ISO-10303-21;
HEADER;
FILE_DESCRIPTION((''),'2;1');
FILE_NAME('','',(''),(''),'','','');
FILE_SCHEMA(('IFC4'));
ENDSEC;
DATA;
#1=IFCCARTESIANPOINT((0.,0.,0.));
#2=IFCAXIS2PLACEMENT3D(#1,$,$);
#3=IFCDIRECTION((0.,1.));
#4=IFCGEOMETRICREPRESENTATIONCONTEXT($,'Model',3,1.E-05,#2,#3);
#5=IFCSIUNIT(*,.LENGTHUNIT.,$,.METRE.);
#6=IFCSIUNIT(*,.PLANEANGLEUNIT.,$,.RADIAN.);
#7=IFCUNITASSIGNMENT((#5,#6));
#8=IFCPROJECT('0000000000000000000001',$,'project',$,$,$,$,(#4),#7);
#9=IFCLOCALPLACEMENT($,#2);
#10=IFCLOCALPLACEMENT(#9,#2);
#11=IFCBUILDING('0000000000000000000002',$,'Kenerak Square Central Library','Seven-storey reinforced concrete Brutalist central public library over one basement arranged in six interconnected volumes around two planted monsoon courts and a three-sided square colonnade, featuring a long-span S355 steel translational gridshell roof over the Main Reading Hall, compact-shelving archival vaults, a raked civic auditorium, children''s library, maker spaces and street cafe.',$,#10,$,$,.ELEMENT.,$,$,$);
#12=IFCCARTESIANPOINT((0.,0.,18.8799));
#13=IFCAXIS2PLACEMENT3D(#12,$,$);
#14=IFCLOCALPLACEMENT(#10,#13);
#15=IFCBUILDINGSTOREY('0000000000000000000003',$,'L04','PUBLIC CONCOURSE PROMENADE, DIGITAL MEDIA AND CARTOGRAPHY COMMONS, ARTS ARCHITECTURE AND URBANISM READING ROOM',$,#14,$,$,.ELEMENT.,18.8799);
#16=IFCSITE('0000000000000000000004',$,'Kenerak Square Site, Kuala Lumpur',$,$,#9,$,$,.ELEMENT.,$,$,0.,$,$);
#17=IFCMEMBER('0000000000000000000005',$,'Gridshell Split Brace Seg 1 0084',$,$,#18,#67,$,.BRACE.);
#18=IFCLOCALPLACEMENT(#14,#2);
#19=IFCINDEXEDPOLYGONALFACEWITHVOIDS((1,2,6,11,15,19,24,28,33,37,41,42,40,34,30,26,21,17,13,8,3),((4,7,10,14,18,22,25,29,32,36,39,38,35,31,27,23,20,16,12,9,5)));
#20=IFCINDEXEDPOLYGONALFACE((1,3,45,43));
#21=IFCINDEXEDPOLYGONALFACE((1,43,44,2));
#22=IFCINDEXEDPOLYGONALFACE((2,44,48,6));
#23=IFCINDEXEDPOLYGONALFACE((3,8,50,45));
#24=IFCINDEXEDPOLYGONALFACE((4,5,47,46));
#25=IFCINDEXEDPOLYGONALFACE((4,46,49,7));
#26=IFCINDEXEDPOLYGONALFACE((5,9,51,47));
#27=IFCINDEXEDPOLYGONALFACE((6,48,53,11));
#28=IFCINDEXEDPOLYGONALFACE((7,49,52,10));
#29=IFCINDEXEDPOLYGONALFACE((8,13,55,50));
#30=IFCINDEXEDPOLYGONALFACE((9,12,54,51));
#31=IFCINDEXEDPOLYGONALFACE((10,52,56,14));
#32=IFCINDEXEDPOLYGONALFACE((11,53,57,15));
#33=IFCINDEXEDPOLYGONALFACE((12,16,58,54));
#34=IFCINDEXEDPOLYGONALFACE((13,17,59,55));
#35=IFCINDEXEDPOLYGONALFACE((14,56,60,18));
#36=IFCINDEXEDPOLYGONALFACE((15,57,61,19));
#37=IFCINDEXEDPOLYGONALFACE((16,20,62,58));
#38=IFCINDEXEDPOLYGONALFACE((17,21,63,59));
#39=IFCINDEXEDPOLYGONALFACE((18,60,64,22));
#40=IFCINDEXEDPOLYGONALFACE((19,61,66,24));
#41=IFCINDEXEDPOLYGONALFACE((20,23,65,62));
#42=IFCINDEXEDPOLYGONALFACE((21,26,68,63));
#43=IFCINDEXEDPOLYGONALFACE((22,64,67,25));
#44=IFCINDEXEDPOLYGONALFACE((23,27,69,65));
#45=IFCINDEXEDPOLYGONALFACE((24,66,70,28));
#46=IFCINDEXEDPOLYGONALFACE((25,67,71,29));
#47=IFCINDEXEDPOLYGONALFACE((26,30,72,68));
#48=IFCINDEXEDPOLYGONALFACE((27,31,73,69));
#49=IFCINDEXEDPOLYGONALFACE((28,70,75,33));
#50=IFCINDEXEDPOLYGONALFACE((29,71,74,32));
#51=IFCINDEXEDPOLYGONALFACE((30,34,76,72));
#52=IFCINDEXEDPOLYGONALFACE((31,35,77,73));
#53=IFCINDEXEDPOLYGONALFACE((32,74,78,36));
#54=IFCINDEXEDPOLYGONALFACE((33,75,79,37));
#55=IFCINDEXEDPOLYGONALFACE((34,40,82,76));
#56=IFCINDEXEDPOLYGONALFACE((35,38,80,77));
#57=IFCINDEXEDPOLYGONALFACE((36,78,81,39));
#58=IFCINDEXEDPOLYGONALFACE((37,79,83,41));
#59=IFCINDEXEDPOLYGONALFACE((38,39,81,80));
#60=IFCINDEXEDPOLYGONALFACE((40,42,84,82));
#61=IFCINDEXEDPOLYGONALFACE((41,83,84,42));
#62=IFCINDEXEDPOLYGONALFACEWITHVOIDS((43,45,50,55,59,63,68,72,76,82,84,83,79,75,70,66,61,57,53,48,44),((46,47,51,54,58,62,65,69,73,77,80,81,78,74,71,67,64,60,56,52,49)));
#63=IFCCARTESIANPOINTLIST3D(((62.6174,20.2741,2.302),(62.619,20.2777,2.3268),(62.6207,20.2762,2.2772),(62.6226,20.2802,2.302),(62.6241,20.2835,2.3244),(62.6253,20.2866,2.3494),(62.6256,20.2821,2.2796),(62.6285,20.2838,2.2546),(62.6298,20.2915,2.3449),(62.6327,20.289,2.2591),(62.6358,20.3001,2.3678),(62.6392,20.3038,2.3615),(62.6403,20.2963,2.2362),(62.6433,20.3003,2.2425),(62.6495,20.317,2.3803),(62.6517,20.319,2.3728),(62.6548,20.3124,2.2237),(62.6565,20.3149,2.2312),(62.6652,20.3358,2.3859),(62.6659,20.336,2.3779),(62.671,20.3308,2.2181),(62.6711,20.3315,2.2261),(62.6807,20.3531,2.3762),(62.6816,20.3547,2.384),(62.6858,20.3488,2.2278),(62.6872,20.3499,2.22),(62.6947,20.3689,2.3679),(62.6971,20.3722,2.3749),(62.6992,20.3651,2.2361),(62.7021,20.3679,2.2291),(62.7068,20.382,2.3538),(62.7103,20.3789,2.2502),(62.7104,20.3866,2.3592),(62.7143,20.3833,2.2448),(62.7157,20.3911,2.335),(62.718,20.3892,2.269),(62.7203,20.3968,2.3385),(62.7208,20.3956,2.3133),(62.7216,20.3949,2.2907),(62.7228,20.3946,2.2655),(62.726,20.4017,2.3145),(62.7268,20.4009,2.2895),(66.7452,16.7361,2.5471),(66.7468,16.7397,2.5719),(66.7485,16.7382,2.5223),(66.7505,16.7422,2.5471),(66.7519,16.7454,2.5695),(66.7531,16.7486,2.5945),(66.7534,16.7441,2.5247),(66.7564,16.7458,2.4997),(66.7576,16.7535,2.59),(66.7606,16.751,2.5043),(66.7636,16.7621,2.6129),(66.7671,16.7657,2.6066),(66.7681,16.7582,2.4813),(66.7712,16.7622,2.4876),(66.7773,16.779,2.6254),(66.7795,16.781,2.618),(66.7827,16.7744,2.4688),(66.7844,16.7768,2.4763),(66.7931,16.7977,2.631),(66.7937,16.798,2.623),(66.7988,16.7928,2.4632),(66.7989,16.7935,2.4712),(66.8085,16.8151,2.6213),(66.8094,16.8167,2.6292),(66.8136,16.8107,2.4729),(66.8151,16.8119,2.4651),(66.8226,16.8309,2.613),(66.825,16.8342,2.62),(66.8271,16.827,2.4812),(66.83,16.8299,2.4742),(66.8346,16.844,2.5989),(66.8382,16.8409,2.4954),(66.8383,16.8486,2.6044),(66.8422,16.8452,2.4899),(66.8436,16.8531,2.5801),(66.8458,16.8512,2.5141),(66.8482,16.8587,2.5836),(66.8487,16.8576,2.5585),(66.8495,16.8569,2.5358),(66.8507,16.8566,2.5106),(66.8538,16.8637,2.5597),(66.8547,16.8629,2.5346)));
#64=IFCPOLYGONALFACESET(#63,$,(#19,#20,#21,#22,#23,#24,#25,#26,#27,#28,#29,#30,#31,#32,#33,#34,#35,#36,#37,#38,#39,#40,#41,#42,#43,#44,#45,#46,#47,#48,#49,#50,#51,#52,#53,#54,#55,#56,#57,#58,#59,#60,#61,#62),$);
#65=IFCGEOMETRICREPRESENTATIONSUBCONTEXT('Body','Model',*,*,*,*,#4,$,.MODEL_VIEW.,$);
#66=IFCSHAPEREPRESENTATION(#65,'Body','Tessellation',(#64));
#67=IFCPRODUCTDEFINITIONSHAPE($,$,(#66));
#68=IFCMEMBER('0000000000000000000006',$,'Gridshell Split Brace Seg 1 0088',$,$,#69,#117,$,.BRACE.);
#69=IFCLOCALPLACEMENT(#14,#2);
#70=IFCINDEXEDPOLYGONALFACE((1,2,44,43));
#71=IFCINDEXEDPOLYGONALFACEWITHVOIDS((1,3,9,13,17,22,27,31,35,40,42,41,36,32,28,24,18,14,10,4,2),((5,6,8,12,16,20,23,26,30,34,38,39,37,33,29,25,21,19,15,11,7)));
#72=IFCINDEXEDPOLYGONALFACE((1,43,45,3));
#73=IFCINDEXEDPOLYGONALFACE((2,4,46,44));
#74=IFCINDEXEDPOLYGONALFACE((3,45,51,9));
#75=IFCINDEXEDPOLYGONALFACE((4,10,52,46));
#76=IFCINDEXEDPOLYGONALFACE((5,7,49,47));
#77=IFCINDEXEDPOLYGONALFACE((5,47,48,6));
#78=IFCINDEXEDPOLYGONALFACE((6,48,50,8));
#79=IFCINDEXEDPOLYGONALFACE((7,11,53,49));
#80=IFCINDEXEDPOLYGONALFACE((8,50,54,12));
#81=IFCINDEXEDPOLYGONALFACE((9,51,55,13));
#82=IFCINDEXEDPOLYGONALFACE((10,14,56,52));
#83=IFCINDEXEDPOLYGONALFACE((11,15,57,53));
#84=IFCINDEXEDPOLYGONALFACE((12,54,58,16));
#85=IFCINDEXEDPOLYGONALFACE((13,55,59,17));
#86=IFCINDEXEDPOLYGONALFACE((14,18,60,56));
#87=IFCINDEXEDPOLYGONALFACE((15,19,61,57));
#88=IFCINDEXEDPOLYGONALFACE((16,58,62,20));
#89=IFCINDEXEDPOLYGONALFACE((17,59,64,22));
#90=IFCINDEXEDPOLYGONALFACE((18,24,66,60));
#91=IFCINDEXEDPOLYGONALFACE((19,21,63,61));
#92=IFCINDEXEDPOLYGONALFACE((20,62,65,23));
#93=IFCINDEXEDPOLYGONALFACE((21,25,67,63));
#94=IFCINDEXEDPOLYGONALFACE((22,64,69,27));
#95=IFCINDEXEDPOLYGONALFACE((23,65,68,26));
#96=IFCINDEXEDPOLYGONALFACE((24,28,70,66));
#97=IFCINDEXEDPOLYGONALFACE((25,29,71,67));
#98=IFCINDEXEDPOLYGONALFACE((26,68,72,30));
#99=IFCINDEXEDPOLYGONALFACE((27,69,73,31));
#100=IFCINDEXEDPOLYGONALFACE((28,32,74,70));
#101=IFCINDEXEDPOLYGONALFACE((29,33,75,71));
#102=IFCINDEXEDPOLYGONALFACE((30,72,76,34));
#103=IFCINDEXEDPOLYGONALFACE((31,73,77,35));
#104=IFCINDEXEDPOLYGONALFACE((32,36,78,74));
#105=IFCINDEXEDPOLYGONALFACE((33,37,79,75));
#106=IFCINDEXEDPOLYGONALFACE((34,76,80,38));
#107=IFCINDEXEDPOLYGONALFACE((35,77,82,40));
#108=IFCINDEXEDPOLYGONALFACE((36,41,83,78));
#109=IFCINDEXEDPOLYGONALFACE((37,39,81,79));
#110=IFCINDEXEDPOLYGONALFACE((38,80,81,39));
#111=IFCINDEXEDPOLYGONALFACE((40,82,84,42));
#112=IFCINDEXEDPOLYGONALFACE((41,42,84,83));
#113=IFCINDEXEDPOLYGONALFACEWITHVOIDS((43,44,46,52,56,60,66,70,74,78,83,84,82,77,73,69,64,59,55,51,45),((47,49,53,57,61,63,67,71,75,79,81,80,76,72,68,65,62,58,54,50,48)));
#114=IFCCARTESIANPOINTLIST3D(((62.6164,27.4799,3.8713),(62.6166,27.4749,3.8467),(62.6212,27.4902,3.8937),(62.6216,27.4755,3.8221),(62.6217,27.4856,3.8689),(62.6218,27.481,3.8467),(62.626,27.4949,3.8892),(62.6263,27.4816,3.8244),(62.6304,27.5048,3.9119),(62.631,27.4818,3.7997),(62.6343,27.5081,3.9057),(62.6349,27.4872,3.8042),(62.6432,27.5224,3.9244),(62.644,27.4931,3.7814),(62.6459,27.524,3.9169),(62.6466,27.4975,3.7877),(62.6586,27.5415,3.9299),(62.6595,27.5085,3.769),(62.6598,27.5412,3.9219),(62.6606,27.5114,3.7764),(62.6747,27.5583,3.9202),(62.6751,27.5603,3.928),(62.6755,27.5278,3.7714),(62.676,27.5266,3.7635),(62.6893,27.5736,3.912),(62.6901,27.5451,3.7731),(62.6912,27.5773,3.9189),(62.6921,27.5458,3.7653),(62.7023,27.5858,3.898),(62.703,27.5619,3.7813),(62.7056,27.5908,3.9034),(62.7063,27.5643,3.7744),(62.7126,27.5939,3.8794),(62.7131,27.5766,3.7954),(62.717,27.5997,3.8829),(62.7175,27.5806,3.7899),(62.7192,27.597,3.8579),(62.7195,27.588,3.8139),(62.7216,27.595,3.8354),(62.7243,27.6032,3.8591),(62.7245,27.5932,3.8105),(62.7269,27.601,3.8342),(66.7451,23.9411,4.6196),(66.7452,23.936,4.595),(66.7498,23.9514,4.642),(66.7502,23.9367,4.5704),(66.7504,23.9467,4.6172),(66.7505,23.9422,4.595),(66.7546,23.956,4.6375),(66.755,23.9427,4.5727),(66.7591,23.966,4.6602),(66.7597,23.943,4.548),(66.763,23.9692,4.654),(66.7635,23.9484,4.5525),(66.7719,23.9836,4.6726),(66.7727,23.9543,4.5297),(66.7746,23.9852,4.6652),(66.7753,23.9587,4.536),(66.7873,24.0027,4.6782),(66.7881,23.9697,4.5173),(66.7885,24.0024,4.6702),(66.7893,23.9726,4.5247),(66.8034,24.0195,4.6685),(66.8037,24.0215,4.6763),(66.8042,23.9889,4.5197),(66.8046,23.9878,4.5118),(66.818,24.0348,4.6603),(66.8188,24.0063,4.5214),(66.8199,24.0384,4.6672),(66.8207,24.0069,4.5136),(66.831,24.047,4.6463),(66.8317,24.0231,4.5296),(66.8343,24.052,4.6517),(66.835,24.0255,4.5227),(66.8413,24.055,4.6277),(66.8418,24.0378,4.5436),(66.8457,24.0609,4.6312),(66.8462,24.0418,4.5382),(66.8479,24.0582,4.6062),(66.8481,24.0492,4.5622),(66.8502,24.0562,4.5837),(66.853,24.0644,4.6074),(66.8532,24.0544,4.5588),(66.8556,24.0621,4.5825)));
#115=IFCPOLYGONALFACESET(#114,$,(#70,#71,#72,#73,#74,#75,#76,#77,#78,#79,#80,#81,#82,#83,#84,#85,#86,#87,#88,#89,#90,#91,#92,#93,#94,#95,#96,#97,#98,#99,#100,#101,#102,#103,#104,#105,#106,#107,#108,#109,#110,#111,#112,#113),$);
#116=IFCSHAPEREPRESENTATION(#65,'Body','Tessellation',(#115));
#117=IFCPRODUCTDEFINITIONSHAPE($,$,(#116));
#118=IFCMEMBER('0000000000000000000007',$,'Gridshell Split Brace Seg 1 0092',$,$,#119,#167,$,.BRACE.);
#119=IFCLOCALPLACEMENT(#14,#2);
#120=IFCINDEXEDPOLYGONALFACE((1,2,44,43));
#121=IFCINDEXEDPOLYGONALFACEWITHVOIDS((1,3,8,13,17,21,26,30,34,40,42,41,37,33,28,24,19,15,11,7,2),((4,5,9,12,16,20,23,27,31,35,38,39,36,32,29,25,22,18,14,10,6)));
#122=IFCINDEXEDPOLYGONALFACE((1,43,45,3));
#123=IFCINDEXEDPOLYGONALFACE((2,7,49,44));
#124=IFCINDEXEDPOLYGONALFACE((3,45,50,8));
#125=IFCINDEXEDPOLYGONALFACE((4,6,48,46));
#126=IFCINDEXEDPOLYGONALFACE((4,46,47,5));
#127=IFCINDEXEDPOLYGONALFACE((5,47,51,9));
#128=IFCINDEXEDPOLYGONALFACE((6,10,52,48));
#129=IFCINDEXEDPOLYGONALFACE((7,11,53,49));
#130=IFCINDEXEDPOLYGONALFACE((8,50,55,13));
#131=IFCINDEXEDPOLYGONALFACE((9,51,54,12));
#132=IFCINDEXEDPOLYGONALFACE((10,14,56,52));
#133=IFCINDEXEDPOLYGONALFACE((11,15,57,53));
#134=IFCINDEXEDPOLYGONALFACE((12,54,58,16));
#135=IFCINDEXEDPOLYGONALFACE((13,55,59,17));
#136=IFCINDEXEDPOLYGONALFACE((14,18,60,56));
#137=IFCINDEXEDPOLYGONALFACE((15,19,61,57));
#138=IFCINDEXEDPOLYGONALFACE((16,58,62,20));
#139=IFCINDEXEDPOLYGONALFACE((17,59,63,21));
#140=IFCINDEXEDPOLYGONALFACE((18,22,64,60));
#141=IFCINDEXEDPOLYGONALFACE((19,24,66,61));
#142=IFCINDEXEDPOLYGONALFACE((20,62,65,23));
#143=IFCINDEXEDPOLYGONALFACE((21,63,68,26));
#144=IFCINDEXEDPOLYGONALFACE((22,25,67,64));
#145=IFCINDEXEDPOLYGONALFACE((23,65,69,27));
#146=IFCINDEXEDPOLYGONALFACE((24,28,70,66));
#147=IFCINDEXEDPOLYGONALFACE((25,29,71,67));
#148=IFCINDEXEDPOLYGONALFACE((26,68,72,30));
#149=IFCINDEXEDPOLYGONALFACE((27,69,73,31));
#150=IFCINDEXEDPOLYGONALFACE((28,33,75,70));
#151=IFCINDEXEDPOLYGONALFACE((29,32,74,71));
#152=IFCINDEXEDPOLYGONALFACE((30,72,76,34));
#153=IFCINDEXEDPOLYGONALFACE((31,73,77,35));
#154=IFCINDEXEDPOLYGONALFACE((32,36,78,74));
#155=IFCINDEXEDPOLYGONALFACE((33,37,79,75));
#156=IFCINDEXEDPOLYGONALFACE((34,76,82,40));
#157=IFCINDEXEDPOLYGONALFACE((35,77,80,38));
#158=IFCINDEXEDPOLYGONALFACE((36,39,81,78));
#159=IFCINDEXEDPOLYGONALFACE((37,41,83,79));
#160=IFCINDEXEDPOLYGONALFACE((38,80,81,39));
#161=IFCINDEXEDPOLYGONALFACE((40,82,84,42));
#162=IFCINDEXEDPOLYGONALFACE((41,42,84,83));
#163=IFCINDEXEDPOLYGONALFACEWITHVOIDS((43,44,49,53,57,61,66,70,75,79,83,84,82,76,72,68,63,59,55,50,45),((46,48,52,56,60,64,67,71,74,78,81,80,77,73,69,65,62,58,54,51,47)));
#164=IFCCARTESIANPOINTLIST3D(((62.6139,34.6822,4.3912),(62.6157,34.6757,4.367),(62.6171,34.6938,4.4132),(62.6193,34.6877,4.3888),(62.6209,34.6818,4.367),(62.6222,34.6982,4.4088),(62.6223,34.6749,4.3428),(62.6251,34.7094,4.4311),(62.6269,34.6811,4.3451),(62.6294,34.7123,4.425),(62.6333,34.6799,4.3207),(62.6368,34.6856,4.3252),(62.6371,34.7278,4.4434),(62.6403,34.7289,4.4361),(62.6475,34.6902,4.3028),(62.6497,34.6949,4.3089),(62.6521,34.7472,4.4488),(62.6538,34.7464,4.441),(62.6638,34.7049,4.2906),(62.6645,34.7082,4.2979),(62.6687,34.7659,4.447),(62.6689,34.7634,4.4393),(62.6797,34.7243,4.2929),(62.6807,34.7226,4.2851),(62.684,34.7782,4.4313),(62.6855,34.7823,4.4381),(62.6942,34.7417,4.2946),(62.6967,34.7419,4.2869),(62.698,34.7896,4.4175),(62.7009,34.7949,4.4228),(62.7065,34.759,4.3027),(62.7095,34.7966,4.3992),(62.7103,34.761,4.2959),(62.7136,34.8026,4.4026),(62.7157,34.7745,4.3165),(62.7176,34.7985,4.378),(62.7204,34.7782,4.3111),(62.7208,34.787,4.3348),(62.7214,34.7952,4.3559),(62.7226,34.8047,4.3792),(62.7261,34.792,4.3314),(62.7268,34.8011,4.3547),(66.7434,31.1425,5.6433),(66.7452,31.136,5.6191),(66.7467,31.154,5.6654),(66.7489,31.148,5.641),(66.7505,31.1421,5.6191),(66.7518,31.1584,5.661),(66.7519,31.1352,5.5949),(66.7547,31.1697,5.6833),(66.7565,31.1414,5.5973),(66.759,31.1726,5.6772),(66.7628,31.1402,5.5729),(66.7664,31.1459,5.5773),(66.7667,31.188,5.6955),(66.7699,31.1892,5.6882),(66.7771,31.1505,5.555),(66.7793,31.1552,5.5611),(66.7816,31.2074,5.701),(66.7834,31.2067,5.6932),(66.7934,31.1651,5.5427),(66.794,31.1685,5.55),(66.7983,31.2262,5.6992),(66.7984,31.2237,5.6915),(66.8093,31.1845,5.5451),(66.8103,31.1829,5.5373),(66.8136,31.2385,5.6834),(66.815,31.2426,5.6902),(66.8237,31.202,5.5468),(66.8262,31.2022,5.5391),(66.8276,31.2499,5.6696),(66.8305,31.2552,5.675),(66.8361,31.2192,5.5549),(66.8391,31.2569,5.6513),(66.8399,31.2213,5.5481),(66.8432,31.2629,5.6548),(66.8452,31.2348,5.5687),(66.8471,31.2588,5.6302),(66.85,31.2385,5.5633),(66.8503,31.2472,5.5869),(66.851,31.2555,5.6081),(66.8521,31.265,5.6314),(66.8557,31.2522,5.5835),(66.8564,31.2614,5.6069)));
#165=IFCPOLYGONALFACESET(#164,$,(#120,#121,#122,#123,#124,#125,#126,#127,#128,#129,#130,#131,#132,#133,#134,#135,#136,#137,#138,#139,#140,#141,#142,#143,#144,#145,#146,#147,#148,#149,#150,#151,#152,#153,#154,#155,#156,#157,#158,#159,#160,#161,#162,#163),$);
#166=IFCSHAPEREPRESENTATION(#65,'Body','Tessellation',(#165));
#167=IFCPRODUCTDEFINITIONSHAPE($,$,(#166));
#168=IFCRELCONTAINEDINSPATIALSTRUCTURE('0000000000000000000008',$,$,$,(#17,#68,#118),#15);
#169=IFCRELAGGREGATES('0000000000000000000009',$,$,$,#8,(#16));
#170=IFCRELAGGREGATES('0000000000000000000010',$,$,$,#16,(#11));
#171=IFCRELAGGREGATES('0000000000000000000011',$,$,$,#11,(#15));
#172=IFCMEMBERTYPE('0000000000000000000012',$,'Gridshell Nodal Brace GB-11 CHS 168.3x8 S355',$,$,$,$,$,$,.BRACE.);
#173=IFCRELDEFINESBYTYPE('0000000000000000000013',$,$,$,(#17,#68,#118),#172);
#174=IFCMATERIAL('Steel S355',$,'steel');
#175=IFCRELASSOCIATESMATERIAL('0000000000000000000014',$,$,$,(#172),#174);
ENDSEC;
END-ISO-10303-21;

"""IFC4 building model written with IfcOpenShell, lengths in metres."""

from ifc_helpers import new_model, si_unit, direction, frame, origin, origin_2d, place, context, subcontext, project, spatial, hollow_circle, extrude, material, material_profile, profile_set, type_object, element, save


model = new_model("IFC4")

# Units and contexts
model_context = context("Model", 3, precision=1e-05, world=origin(), true_north=direction((0.0, 1.0)))
body_context = subcontext(model_context, "Body", "Model", "MODEL_VIEW")
ifc_project = project(units=[si_unit("LENGTHUNIT", "METRE"), si_unit("PLANEANGLEUNIT", "RADIAN")], contexts=[model_context])

# Site, building, storey
site_placement = place(None, origin())
site = spatial("IfcSite", under=ifc_project, at=site_placement, Name="Kenerak Square Site, Kuala Lumpur", CompositionType="ELEMENT", RefElevation=0.0)
building_placement = place(site_placement, origin())
building = spatial("IfcBuilding", under=site, at=building_placement, Name="Kenerak Square Central Library", Description="Seven-storey reinforced concrete Brutalist central public library over one basement arranged in six interconnected volumes around two planted monsoon courts and a three-sided square colonnade, featuring a long-span S355 steel translational gridshell roof over the Main Reading Hall, compact-shelving archival vaults, a raked civic auditorium, children's library, maker spaces and street cafe.", CompositionType="ELEMENT")
storey_placement = place(building_placement, frame((0.0, 0.0, 18.8799)))
storey = spatial("IfcBuildingStorey", under=building, at=storey_placement, Name="L04", Description="PUBLIC CONCOURSE PROMENADE, DIGITAL MEDIA AND CARTOGRAPHY COMMONS, ARTS ARCHITECTURE AND URBANISM READING ROOM", CompositionType="ELEMENT", Elevation=18.8799)

# Members
ifc_material = material(Name="Steel S355", Category="steel")
ifc_material_profile_1 = material_profile(ifc_material, hollow_circle(Radius=0.0842, WallThickness=0.0081, at=origin_2d()), Name="CHS 168.3x8.0")
ifc_profile_set_1 = profile_set([ifc_material_profile_1], Name="Steel S355")
member_type_1 = type_object("IfcMemberType", Name="Gridshell Nodal Brace GB-11 CHS 168.3x8 S355", PredefinedType="BRACE", material=ifc_profile_set_1)
member_1_placement = place(storey_placement, frame((66.8, 16.8, 2.5471), z_axis=(-0.758499, 0.650116, -0.04504), x_axis=(-0.650777, -0.759269, 0.0)))
element("IfcMember", 1, at=member_1_placement, inside=storey, type_object=member_type_1, Name="Gridshell Split Brace Seg 1 0084", PredefinedType="BRACE", context=body_context, shape_type="SweptSolid", body=[
    extrude(hollow_circle(Radius=0.0842, WallThickness=0.0081, at=origin_2d()), origin(), (0.0, 0.0, 1.0), 5.4421),
])
member_2_placement = place(storey_placement, frame((66.8, 24.0, 4.595), z_axis=(-0.752171, 0.644712, -0.136326), x_axis=(-0.650788, -0.75926, 0.0)))
element("IfcMember", 2, at=member_2_placement, inside=storey, type_object=member_type_1, Name="Gridshell Split Brace Seg 1 0088", PredefinedType="BRACE", context=body_context, shape_type="SweptSolid", body=[
    extrude(hollow_circle(Radius=0.0842, WallThickness=0.0081, at=origin_2d()), origin(), (0.0, 0.0, 1.0), 5.489),
])
member_3_placement = place(storey_placement, frame((66.8, 31.2, 5.6191), z_axis=(-0.739893, 0.634212, -0.224352), x_axis=(-0.650802, -0.759247, 0.0)))
element("IfcMember", 3, at=member_3_placement, inside=storey, type_object=member_type_1, Name="Gridshell Split Brace Seg 1 0092", PredefinedType="BRACE", context=body_context, shape_type="SweptSolid", body=[
    extrude(hollow_circle(Radius=0.0842, WallThickness=0.0081, at=origin_2d()), origin(), (0.0, 0.0, 1.0), 5.5813),
])

save(model, "model.ifc")
